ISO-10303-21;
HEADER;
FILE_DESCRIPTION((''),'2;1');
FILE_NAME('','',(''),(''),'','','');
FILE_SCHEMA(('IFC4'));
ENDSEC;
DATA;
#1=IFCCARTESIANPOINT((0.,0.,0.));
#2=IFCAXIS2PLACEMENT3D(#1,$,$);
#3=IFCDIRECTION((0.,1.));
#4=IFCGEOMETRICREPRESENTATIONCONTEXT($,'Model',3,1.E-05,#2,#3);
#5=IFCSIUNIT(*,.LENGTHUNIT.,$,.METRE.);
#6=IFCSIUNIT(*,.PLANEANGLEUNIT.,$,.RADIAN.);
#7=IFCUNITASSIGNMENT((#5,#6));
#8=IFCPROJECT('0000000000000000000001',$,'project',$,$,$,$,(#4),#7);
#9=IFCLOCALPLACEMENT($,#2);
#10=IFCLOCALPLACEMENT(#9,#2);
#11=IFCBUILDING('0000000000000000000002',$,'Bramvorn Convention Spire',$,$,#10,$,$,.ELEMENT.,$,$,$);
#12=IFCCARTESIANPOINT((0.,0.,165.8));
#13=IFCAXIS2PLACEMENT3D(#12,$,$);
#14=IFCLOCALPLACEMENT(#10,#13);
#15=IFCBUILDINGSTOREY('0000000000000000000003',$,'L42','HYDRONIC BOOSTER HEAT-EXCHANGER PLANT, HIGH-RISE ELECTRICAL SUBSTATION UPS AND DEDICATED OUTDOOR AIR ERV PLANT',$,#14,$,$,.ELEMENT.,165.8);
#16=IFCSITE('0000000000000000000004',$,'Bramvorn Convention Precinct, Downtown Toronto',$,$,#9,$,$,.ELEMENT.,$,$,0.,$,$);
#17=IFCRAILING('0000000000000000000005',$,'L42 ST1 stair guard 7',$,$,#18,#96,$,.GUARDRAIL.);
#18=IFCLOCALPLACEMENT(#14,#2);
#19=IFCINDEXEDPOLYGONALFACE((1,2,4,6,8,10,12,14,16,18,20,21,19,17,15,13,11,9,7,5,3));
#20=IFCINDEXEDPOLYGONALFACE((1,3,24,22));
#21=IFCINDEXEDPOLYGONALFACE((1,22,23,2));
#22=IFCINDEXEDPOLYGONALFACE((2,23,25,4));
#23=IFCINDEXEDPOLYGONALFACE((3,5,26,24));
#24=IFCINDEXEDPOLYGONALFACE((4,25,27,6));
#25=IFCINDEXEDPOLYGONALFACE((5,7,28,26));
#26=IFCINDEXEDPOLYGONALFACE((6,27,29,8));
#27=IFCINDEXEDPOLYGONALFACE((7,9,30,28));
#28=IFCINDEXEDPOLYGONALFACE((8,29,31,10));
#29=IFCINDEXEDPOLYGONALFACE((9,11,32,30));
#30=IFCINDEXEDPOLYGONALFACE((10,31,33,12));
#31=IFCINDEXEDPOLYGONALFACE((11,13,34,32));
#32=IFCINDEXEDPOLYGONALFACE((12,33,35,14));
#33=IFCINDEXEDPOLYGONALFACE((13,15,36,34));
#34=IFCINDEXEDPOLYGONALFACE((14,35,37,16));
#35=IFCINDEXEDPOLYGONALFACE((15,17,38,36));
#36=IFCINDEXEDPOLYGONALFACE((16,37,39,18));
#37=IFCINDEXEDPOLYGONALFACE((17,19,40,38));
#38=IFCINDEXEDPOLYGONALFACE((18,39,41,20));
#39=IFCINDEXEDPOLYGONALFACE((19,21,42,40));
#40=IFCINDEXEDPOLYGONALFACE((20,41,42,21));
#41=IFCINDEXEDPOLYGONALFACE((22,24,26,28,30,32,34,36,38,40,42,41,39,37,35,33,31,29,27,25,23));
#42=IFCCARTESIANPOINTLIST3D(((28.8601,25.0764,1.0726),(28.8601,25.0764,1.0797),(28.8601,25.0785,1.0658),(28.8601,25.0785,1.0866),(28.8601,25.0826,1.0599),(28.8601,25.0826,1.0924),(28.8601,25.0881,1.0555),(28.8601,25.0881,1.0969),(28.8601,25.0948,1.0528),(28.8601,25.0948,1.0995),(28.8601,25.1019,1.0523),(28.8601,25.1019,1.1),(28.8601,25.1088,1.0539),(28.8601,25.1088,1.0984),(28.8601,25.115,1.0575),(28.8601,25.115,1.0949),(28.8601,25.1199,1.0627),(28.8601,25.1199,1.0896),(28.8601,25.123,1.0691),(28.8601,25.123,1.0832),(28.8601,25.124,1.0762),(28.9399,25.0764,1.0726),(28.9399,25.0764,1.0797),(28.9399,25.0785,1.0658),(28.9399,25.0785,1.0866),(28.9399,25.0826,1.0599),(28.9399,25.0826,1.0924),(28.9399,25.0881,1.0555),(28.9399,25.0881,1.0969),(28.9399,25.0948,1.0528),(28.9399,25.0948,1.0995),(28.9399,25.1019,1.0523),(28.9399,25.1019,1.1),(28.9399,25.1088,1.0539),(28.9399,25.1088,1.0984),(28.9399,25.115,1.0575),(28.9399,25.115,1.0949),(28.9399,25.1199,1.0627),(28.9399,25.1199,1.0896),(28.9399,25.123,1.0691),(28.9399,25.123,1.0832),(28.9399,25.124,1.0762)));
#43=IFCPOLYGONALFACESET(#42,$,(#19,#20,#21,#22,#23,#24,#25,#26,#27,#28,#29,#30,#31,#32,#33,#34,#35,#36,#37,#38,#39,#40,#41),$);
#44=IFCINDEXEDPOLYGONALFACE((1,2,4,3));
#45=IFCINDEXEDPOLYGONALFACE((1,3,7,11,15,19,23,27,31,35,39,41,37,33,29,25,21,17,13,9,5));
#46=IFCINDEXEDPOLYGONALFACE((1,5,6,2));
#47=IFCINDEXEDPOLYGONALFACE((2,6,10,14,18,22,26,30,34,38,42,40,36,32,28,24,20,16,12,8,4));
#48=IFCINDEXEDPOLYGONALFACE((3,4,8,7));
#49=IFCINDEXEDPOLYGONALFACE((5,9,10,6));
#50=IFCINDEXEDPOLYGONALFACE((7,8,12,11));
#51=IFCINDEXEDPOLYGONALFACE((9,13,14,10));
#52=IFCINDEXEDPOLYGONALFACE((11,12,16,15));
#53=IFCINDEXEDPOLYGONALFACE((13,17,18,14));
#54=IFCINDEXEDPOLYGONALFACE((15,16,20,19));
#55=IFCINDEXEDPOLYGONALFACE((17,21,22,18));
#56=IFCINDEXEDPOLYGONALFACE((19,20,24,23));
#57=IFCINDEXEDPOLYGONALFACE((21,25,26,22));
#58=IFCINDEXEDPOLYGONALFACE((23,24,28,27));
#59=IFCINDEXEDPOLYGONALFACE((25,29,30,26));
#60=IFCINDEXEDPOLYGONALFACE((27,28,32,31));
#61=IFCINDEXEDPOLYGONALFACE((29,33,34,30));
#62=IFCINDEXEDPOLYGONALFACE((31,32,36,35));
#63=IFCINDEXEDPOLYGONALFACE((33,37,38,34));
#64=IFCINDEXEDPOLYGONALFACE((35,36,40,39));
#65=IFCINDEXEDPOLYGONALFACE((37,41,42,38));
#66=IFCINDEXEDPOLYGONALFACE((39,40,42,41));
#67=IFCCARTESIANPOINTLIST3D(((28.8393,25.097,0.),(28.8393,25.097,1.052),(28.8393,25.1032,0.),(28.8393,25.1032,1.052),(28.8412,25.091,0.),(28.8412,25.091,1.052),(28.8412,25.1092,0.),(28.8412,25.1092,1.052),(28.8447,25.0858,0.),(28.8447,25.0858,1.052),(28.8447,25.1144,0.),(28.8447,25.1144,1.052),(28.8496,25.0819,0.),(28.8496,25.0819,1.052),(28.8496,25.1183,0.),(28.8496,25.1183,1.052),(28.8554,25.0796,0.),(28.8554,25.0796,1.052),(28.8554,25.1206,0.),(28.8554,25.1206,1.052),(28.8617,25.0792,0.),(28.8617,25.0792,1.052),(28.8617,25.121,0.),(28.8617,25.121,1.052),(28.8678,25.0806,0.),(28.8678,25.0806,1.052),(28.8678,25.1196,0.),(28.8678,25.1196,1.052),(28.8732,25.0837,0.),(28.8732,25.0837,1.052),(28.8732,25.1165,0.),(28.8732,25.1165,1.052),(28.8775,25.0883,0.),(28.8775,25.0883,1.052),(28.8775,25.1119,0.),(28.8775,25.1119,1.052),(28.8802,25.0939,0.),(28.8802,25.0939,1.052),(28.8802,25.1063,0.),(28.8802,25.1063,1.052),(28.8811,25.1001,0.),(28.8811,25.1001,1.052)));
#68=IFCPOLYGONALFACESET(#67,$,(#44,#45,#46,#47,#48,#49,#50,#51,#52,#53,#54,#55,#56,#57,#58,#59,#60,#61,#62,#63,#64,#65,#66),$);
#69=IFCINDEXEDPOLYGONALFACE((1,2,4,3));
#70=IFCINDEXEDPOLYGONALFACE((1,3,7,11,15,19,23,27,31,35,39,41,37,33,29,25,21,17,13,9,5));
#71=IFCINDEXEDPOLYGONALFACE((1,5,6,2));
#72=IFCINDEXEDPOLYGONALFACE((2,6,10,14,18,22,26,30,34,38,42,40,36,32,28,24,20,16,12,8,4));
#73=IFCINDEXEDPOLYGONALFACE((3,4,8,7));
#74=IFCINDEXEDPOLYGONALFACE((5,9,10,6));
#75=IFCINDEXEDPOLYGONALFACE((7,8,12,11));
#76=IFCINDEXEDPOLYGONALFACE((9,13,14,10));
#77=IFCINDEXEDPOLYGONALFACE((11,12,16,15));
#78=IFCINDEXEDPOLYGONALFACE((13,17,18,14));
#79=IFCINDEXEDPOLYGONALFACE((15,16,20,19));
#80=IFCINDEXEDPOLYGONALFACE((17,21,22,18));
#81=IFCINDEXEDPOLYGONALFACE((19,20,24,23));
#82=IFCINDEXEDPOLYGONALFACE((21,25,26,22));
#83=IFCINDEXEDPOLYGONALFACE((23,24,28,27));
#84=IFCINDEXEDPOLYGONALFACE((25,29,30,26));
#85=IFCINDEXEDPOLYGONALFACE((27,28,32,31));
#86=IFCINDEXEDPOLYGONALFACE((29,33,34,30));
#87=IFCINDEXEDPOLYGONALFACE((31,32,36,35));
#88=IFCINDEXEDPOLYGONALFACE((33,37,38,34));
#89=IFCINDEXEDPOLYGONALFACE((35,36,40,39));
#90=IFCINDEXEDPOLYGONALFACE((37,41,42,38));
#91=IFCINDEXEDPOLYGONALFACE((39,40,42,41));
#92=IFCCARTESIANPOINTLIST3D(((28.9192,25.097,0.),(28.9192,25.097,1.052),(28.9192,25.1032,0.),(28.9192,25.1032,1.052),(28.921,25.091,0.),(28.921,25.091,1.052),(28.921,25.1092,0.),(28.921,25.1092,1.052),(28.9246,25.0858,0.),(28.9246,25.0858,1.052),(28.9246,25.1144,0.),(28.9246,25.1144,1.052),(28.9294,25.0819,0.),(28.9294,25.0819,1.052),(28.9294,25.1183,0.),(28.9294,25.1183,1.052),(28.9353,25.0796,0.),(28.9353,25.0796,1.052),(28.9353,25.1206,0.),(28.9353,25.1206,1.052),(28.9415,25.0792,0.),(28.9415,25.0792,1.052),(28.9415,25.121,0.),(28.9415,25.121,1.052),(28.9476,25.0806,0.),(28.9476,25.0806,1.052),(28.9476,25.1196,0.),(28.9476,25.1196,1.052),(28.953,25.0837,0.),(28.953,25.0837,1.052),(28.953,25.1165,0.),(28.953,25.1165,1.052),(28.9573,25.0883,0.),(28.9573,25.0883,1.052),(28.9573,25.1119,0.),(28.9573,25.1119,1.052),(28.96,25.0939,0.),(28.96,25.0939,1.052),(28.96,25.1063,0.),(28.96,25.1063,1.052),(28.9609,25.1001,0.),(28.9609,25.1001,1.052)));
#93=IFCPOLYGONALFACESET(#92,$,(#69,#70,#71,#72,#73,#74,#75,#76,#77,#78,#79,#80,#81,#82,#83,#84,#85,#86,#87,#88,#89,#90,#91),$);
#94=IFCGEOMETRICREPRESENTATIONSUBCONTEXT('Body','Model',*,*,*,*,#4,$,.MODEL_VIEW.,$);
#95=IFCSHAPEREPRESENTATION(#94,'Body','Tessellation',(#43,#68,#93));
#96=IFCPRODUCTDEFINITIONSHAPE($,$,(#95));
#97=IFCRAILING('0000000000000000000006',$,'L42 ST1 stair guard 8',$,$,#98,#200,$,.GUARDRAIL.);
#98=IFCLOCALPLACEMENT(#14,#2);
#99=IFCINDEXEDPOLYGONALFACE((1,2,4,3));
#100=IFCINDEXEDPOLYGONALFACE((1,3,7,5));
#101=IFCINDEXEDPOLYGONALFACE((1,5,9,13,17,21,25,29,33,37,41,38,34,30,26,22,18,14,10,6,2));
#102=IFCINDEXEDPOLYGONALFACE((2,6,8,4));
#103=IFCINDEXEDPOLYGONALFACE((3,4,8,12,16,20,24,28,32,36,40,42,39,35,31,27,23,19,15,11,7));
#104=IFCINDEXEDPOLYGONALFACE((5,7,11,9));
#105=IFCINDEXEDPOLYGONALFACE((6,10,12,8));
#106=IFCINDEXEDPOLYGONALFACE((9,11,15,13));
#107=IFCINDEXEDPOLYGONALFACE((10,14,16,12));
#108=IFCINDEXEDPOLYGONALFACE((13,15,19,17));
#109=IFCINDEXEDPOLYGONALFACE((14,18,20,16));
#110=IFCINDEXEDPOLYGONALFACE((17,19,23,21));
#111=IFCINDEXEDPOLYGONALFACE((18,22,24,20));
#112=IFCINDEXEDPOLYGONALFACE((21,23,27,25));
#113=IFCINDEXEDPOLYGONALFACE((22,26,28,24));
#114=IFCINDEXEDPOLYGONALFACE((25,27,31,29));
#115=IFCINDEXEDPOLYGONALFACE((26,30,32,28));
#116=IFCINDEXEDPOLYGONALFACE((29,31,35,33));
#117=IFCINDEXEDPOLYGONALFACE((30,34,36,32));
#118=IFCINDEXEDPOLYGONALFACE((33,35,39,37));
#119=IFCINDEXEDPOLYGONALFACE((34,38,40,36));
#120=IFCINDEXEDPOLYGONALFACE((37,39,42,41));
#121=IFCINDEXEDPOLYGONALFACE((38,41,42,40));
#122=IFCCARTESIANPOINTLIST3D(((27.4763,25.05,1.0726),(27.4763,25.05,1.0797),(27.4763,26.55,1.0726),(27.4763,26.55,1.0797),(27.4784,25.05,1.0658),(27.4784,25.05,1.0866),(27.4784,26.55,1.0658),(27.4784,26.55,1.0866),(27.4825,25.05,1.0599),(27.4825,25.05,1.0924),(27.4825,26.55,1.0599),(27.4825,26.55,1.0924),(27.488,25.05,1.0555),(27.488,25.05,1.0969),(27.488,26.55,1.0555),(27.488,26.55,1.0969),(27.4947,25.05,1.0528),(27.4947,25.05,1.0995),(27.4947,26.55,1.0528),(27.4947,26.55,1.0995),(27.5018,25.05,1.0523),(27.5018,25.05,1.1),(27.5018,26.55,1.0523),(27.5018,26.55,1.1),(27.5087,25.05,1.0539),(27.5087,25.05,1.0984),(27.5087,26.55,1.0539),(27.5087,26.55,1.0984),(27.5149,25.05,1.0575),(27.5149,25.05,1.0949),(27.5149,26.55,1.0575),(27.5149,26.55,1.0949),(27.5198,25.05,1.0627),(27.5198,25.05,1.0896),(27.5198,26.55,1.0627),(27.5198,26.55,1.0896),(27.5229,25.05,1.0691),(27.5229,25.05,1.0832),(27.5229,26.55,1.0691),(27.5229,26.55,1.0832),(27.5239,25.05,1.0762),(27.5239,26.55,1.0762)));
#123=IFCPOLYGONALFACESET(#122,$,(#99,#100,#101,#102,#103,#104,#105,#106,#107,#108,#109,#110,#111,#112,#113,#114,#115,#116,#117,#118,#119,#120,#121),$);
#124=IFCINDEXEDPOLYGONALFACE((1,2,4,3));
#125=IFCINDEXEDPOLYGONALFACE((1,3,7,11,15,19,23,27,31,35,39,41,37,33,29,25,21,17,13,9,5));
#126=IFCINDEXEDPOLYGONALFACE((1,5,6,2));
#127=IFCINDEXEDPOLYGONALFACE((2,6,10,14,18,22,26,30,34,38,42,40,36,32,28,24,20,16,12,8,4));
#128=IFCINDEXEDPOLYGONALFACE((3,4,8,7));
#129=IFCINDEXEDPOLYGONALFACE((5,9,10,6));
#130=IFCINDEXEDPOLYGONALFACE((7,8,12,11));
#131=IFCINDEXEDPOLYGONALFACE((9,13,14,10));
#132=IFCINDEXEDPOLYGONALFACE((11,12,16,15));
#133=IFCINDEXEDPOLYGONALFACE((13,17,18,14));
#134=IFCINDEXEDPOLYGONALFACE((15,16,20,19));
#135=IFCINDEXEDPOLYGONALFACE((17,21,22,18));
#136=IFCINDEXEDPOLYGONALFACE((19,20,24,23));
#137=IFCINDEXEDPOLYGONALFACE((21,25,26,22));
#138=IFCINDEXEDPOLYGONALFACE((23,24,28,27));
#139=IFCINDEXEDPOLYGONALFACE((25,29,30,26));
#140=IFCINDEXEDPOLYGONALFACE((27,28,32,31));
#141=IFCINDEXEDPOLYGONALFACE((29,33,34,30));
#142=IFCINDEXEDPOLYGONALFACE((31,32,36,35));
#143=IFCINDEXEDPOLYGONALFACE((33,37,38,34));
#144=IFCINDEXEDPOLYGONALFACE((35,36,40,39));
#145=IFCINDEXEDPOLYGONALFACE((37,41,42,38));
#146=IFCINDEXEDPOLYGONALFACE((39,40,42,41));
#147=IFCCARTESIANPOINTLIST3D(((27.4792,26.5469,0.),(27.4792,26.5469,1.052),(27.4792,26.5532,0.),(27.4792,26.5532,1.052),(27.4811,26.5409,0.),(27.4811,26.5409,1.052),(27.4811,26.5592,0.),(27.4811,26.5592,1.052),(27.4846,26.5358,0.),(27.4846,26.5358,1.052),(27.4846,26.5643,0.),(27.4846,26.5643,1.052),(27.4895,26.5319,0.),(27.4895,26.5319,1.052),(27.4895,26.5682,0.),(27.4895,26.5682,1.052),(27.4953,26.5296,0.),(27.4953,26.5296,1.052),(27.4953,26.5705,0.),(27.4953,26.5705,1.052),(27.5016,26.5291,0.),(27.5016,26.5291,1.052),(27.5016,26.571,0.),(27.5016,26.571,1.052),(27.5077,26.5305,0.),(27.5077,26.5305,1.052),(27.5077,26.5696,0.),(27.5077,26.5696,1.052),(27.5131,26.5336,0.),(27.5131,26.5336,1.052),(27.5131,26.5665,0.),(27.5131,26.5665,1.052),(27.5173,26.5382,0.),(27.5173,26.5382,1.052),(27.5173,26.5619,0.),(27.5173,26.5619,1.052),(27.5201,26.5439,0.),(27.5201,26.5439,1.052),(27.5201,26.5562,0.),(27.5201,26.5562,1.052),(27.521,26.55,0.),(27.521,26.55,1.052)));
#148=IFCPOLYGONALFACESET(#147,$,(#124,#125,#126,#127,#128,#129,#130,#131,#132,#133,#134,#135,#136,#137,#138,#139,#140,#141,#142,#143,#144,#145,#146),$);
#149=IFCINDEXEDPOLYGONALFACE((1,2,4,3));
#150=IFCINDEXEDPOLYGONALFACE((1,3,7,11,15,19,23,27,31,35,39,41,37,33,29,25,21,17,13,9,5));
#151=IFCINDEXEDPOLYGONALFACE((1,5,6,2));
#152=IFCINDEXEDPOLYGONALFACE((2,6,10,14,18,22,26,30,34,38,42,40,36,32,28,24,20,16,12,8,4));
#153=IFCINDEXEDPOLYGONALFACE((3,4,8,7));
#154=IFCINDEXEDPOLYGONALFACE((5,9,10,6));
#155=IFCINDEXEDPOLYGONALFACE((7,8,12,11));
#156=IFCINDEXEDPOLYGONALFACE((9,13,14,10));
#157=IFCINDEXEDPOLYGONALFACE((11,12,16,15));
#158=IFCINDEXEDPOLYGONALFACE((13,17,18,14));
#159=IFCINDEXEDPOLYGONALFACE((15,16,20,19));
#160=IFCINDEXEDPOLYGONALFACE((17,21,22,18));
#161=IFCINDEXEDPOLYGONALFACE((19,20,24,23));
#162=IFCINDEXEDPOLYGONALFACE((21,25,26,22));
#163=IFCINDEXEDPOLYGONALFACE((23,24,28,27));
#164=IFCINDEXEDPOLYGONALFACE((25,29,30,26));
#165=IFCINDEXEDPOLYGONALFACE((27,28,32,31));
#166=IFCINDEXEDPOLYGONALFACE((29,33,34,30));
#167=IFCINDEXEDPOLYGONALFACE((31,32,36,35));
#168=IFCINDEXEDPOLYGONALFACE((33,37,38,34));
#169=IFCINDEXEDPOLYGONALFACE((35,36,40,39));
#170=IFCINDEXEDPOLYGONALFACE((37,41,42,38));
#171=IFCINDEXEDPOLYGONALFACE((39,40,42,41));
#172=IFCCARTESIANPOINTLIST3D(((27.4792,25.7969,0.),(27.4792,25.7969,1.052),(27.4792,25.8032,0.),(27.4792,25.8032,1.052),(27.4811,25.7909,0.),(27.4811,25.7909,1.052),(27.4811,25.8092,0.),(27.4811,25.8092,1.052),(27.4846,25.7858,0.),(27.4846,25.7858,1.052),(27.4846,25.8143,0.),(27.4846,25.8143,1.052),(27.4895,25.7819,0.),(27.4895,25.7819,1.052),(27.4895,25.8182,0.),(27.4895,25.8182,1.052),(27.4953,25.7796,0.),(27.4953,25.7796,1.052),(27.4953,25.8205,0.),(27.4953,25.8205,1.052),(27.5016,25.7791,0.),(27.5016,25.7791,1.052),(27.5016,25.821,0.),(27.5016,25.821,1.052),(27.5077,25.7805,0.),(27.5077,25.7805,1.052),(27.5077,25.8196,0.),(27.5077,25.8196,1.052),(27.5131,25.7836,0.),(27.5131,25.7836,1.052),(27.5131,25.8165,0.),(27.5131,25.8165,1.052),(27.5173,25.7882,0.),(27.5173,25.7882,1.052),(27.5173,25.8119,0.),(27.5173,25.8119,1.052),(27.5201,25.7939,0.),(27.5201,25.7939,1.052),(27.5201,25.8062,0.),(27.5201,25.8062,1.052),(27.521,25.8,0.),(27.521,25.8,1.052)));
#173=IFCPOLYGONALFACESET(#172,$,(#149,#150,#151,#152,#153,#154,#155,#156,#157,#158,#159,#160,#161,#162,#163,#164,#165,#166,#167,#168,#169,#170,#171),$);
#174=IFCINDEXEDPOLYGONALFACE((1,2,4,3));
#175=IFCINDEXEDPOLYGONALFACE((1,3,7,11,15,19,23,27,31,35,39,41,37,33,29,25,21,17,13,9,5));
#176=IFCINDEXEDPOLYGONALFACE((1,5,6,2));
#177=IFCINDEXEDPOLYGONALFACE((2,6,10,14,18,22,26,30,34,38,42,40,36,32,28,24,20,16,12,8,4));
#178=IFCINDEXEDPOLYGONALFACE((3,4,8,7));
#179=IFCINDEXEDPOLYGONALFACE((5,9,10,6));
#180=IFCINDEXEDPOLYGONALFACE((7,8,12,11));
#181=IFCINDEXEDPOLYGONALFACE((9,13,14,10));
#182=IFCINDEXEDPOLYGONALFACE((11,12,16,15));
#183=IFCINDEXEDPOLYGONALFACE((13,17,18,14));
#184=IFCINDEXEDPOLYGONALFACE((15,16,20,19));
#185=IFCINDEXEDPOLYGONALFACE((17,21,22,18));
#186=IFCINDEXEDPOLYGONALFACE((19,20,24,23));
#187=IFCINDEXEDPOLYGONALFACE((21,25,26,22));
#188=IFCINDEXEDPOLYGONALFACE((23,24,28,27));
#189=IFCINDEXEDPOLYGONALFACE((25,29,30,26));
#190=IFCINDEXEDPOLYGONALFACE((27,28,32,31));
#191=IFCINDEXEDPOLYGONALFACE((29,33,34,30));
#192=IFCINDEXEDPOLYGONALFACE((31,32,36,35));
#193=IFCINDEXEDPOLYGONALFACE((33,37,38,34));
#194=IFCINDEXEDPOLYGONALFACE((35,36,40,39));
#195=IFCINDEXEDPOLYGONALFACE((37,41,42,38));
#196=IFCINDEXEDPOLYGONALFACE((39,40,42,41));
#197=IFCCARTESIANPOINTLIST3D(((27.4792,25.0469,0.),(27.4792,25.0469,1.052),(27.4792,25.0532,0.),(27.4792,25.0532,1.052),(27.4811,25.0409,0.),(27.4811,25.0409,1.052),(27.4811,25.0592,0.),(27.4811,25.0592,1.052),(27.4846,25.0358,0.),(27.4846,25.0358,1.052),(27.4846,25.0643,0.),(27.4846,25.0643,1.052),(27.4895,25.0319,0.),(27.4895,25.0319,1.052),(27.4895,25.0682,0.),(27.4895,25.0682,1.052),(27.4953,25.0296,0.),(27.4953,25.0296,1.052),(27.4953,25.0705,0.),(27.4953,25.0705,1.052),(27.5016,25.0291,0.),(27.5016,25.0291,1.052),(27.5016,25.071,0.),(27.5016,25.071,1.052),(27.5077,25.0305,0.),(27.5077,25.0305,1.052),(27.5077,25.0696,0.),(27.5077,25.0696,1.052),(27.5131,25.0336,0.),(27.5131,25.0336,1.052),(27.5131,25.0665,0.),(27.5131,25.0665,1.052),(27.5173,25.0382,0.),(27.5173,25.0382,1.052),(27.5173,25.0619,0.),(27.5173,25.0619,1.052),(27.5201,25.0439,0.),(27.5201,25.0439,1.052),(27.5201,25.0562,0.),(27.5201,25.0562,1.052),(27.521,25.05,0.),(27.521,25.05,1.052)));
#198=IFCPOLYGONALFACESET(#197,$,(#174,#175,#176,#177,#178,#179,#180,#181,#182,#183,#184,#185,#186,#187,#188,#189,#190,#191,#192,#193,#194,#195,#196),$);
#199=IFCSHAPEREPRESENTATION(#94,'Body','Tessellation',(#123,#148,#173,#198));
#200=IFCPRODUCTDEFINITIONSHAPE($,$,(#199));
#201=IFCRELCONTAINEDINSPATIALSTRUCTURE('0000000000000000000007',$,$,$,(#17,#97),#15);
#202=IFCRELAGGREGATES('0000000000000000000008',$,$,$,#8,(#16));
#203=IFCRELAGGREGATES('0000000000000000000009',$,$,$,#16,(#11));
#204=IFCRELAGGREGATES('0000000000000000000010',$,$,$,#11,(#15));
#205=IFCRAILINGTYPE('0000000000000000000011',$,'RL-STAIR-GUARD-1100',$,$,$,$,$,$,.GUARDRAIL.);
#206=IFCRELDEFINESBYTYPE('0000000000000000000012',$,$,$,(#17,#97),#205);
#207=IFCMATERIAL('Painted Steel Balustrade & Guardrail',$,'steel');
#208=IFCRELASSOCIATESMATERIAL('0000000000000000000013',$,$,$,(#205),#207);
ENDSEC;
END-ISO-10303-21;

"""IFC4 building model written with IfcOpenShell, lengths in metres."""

from ifc_helpers import new_model, si_unit, direction, frame, origin, origin_2d, place, context, subcontext, project, spatial, circle, extrude, material, type_object, element, save


model = new_model("IFC4")

# Units and contexts
model_context = context("Model", 3, precision=1e-05, world=origin(), true_north=direction((0.0, 1.0)))
body_context = subcontext(model_context, "Body", "Model", "MODEL_VIEW")
ifc_project = project(units=[si_unit("LENGTHUNIT", "METRE"), si_unit("PLANEANGLEUNIT", "RADIAN")], contexts=[model_context])

# Site, building, storey
site_placement = place(None, origin())
site = spatial("IfcSite", under=ifc_project, at=site_placement, Name="Bramvorn Convention Precinct, Downtown Toronto", CompositionType="ELEMENT", RefElevation=0.0)
building_placement = place(site_placement, origin())
building = spatial("IfcBuilding", under=site, at=building_placement, Name="Bramvorn Convention Spire", CompositionType="ELEMENT")
storey_placement = place(building_placement, frame((0.0, 0.0, 165.8)))
storey = spatial("IfcBuildingStorey", under=building, at=storey_placement, Name="L42", Description="HYDRONIC BOOSTER HEAT-EXCHANGER PLANT, HIGH-RISE ELECTRICAL SUBSTATION UPS AND DEDICATED OUTDOOR AIR ERV PLANT", CompositionType="ELEMENT", Elevation=165.8)

# Railings
ifc_material_1 = material(Name="Painted Steel Balustrade & Guardrail", Category="steel")
railing_type = type_object("IfcRailingType", Name="RL-STAIR-GUARD-1100", PredefinedType="GUARDRAIL", material=ifc_material_1)
railing_1_placement = place(storey_placement, frame((28.8601, 25.1001, 0.0)))
element("IfcRailing", 1, at=railing_1_placement, inside=storey, type_object=railing_type, Name="L42 ST1 stair guard 7", PredefinedType="GUARDRAIL", context=body_context, shape_type="SweptSolid", body=[
    extrude(circle(Radius=0.0239, at=origin_2d()), frame((0.0, 0.0, 1.0762), z_axis=(1.0, 0.0, 0.0), x_axis=(0.0, 1.0, 0.0)), (0.0, 0.0, 1.0), 0.0798),
    extrude(circle(Radius=0.021, at=origin_2d()), origin(), (0.0, 0.0, 1.0), 1.052),
    extrude(circle(Radius=0.021, at=origin_2d()), frame((0.0798, 0.0, 0.0)), (0.0, 0.0, 1.0), 1.052),
])
for number, where, name in (
    (2, (27.5, 26.55, 0.0), "L42 ST1 stair guard 8"),
):
    element("IfcRailing", number, at=place(storey_placement, frame(where)), inside=storey, type_object=railing_type, Name=name, PredefinedType="GUARDRAIL", context=body_context, shape_type="SweptSolid", body=[
        extrude(circle(Radius=0.0239, at=origin_2d()), frame((0.0, 0.0, 1.0762), z_axis=(0.0, -1.0, 0.0), x_axis=(1.0, 0.0, 0.0)), (0.0, 0.0, 1.0), 1.5),
        extrude(circle(Radius=0.021, at=origin_2d()), origin(), (0.0, 0.0, 1.0), 1.052),
        extrude(circle(Radius=0.021, at=origin_2d()), frame((0.0, -0.75, 0.0)), (0.0, 0.0, 1.0), 1.052),
        extrude(circle(Radius=0.021, at=origin_2d()), frame((0.0, -1.5, 0.0)), (0.0, 0.0, 1.0), 1.052),
    ])

save(model, "model.ifc")
